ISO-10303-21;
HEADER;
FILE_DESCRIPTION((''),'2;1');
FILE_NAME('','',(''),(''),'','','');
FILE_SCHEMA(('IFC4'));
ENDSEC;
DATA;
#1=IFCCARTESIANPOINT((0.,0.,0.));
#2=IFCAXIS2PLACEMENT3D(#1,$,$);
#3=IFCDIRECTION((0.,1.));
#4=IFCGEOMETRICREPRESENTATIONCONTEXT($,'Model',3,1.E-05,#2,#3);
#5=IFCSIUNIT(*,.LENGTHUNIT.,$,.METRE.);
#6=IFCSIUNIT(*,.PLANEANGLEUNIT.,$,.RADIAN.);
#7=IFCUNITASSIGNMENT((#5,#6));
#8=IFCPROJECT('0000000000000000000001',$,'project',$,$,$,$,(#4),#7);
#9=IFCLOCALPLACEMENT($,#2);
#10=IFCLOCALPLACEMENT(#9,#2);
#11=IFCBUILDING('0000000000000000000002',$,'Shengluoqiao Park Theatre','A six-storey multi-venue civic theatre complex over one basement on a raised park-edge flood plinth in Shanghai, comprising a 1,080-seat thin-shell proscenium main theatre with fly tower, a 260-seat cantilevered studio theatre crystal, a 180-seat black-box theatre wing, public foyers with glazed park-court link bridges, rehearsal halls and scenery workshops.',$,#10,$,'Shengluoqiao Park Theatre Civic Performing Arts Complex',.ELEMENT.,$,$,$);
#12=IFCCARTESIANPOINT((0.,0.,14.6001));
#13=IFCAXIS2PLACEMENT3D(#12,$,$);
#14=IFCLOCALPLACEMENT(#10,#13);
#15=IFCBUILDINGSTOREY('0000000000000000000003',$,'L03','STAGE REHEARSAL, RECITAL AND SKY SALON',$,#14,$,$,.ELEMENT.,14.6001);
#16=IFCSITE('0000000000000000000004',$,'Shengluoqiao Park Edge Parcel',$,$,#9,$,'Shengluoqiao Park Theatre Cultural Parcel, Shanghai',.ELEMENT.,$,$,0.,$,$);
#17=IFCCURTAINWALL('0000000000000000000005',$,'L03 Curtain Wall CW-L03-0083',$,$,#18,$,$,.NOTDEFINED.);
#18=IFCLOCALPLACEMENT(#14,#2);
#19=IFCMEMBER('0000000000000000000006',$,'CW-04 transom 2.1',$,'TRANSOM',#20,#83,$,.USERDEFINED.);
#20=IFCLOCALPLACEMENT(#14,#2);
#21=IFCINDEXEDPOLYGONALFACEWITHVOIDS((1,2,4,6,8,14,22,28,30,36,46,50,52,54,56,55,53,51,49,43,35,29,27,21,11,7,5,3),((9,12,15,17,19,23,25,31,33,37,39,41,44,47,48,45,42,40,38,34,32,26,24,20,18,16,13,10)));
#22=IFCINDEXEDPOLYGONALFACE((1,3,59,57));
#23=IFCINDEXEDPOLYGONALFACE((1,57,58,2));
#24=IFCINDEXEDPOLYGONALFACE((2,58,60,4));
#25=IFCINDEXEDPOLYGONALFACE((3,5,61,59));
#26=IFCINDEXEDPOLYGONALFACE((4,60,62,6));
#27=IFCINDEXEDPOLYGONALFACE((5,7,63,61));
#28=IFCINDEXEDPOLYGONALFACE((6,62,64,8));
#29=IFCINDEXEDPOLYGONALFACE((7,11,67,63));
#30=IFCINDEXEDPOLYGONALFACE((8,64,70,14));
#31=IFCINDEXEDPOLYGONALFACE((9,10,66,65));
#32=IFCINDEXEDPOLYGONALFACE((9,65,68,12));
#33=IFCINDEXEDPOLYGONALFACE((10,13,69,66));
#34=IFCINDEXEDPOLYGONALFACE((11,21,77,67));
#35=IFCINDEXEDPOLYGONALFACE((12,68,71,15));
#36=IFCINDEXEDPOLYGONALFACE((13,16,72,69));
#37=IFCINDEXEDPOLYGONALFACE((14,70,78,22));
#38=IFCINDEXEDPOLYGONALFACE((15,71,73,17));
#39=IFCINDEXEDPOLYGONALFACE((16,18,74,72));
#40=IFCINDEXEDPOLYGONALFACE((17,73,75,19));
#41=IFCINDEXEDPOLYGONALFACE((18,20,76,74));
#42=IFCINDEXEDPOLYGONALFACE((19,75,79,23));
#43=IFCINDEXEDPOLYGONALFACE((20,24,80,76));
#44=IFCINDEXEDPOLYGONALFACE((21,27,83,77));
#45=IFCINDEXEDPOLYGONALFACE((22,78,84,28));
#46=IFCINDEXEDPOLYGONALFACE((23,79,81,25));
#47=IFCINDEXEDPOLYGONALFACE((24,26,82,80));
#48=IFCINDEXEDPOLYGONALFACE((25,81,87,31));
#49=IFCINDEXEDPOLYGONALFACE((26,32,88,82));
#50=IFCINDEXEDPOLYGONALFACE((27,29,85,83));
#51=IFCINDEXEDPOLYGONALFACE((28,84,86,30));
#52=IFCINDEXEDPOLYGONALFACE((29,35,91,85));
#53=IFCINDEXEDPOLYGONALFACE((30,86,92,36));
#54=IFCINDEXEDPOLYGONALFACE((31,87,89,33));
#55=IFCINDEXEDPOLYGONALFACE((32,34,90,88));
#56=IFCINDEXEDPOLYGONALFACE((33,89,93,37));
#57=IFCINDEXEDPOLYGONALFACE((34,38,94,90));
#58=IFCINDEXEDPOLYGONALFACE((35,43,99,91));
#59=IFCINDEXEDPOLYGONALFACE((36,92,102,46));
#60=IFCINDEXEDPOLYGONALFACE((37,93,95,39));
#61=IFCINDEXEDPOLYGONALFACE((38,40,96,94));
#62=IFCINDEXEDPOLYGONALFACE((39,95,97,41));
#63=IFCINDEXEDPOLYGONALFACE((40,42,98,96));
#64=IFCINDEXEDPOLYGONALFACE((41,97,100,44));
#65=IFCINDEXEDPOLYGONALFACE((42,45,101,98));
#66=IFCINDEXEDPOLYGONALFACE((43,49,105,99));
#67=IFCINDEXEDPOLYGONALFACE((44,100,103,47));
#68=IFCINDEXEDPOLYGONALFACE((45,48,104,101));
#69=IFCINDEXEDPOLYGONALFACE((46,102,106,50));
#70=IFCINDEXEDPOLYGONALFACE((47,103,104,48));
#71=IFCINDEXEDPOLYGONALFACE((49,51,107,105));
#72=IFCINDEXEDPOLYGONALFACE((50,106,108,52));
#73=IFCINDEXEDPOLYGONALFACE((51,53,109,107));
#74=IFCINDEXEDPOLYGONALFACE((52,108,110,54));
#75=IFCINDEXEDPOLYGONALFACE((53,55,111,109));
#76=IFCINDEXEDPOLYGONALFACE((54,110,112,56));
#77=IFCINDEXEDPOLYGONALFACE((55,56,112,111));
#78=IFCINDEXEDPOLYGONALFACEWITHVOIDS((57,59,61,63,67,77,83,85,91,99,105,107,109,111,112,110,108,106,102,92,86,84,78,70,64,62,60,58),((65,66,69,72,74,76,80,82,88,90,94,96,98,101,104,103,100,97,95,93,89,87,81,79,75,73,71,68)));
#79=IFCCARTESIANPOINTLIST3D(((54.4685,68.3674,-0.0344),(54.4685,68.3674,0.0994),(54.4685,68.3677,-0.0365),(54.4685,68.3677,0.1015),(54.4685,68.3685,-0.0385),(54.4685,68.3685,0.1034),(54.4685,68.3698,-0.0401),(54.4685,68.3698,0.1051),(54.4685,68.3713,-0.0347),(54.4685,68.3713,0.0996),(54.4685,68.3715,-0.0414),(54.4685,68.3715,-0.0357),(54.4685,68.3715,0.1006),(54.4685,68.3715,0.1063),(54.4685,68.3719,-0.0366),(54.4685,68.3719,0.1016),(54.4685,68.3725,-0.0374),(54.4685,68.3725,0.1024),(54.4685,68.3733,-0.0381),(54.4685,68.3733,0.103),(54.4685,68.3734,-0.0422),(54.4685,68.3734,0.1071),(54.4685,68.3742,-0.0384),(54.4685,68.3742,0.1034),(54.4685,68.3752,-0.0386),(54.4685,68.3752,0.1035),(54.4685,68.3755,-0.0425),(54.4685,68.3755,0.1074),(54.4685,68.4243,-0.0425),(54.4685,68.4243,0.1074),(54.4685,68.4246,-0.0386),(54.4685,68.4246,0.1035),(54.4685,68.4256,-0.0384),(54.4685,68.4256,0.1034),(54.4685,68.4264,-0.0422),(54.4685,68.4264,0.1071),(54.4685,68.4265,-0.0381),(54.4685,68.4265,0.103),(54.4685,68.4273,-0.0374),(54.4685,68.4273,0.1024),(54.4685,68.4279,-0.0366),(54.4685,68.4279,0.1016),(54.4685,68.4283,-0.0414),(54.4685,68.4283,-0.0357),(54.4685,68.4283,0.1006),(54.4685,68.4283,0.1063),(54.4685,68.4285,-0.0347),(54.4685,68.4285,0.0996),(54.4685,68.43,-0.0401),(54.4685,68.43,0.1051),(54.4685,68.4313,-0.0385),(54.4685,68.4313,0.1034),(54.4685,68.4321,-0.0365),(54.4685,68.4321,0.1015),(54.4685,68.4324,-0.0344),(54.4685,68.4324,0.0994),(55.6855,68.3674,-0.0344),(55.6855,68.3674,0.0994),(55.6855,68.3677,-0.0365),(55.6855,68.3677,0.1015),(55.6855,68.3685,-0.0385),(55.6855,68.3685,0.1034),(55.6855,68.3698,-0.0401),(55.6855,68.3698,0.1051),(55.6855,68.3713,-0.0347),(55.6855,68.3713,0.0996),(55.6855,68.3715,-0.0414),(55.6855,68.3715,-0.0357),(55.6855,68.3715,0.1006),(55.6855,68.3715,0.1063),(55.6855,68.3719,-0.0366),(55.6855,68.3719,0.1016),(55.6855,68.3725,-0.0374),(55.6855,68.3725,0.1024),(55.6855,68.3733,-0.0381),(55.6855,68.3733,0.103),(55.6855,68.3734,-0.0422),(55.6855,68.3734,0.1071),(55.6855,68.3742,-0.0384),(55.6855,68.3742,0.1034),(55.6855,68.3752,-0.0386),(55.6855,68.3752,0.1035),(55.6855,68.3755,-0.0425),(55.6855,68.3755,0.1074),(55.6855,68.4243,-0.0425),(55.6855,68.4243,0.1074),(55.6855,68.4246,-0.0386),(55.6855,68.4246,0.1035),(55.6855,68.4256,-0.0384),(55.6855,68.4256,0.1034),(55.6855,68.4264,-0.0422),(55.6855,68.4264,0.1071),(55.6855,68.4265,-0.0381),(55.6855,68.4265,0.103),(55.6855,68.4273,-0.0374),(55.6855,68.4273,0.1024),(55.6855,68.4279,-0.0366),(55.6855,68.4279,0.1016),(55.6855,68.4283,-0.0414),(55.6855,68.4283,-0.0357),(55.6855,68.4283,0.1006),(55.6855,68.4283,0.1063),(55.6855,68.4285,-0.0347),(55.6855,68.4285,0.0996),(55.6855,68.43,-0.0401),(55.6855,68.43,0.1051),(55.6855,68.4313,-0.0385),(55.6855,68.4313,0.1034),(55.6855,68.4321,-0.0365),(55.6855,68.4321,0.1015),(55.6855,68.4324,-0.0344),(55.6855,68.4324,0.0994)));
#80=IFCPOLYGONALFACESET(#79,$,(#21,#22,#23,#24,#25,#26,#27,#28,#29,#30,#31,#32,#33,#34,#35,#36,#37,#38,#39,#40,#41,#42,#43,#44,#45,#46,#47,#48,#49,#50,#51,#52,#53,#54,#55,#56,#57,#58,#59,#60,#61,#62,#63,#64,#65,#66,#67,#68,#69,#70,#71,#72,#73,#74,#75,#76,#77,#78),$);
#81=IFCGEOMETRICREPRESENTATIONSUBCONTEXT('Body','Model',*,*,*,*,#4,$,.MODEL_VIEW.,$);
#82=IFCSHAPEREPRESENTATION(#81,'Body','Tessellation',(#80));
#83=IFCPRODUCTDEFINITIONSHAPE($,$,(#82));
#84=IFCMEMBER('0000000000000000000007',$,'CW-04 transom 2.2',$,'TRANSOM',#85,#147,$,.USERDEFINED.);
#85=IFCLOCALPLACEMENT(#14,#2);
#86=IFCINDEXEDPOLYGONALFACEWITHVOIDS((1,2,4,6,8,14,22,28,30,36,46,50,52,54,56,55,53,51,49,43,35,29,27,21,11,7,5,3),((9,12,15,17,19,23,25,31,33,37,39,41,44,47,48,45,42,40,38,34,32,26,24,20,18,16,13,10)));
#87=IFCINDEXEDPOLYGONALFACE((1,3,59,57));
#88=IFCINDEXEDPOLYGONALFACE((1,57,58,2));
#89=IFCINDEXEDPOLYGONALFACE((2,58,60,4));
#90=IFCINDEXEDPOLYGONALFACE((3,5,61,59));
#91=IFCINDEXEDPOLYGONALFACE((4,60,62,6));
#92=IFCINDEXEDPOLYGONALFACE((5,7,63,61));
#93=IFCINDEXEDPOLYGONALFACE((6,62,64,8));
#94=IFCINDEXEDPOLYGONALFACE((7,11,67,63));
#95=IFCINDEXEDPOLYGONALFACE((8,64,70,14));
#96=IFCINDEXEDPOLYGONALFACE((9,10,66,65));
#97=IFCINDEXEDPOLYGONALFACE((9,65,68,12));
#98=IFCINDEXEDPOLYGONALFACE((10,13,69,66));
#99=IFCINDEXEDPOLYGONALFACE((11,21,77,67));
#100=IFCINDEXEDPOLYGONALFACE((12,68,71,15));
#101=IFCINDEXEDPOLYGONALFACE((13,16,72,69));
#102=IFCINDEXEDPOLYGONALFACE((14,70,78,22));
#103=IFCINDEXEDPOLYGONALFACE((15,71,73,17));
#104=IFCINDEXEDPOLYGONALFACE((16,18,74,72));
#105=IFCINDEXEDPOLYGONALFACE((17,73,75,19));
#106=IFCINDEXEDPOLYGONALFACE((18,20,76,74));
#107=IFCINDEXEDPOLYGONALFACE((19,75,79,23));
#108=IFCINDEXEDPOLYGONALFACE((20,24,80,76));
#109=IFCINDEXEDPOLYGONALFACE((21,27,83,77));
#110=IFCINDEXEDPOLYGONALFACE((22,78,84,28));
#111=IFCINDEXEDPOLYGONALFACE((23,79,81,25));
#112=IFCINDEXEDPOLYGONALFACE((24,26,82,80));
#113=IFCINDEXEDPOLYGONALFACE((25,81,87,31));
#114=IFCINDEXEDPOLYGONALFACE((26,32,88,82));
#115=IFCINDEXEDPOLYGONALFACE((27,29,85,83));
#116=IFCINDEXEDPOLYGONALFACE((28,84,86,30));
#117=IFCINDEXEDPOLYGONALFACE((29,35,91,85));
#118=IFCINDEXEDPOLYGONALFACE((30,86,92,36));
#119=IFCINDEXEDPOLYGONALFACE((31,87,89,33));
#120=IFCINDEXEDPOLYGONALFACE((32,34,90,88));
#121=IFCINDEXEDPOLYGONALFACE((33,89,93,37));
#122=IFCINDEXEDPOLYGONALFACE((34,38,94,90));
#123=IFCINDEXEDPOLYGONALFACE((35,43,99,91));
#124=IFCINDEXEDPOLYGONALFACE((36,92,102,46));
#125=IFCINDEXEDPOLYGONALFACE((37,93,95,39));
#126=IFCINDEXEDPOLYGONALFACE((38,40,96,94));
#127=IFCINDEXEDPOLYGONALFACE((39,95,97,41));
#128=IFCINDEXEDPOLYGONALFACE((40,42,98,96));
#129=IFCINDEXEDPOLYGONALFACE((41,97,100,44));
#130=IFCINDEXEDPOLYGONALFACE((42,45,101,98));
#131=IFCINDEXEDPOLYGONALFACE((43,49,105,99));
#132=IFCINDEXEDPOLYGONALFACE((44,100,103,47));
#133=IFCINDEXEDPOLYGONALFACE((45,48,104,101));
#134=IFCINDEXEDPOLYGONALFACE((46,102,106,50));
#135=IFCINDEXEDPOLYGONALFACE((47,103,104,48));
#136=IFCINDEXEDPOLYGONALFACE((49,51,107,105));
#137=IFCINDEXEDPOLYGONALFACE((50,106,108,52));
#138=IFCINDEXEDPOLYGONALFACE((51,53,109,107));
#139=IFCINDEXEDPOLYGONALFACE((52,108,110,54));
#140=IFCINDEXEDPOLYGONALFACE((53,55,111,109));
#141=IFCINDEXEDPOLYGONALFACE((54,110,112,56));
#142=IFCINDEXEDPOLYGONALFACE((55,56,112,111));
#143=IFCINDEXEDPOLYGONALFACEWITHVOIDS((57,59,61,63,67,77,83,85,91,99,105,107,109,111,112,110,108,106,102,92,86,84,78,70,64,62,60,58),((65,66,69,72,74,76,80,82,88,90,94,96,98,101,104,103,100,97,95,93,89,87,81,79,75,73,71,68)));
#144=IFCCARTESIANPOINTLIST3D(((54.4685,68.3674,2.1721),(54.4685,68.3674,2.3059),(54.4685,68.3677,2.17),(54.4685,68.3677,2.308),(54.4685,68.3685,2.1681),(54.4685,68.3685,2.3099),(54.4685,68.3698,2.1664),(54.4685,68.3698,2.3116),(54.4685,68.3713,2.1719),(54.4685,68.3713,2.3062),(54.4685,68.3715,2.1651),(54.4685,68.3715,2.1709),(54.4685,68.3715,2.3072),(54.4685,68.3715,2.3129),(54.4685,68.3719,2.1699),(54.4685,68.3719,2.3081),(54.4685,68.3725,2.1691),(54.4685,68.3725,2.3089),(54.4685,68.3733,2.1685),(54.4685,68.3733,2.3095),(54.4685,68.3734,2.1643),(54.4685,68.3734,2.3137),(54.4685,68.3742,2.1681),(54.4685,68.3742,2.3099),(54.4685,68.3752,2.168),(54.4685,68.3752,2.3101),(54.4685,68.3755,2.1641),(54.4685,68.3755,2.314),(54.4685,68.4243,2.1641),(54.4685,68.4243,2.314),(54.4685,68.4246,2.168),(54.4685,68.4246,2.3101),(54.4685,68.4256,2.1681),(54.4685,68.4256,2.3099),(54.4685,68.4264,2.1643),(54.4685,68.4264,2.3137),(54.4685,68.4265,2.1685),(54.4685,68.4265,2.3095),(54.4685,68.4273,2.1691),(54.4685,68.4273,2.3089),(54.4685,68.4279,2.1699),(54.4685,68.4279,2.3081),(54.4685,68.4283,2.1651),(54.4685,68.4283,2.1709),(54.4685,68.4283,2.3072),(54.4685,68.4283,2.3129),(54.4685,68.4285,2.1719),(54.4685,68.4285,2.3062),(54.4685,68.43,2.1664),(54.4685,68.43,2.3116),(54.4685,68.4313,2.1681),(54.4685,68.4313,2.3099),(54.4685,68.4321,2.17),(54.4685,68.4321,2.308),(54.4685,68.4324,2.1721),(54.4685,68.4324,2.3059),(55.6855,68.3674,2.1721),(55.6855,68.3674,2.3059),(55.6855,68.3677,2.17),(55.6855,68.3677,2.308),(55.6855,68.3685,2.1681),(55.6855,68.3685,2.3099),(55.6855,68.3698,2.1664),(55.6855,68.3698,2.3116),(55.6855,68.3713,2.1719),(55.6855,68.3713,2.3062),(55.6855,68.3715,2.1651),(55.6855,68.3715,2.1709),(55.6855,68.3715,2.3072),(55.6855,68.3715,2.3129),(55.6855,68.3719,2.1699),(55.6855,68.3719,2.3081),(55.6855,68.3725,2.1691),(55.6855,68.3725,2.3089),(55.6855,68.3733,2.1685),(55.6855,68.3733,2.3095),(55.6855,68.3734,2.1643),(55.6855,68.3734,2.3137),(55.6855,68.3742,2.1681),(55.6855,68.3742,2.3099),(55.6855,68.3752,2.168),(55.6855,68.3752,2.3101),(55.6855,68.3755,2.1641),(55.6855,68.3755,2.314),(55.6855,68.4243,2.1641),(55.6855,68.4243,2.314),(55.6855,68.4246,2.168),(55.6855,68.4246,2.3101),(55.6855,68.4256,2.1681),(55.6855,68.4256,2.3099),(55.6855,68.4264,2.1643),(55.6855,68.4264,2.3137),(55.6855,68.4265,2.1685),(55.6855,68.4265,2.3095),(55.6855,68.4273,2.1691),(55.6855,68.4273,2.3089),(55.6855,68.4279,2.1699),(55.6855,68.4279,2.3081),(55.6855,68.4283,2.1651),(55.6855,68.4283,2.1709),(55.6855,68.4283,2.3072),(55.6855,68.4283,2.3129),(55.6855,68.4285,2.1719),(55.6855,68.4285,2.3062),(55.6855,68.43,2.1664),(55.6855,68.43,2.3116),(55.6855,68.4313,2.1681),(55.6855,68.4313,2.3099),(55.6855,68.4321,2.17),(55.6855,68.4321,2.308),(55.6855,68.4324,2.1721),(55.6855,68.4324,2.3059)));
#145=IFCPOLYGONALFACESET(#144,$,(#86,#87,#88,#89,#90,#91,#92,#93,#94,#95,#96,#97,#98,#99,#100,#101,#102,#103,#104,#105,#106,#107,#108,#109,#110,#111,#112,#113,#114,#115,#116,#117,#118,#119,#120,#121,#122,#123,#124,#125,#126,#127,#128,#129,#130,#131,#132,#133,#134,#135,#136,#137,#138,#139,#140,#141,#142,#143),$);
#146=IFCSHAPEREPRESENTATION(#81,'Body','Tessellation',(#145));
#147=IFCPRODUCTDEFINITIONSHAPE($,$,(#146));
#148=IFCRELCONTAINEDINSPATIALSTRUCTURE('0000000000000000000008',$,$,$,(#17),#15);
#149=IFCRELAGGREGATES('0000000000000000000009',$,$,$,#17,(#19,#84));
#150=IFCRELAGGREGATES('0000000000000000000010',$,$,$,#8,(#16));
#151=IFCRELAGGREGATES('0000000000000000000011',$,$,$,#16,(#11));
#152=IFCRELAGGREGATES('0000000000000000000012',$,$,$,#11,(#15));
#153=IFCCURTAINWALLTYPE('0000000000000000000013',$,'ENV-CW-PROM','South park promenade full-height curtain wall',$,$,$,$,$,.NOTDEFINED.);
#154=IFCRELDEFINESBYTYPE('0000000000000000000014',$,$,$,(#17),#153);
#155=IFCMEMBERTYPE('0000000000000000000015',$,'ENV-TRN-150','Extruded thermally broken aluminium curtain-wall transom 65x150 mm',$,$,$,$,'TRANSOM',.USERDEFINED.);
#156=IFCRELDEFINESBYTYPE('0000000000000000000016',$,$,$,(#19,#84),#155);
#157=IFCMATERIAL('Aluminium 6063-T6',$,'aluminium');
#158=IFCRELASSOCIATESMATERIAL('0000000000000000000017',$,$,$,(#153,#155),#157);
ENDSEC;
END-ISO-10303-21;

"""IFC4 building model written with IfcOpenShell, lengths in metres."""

from ifc_helpers import new_model, si_unit, direction, frame, origin, origin_2d, place, context, subcontext, project, spatial, hollow_rectangle, extrude, material, material_profile, profile_set, type_object, element, aggregate, save


model = new_model("IFC4")

# Units and contexts
model_context = context("Model", 3, precision=1e-05, world=origin(), true_north=direction((0.0, 1.0)))
body_context = subcontext(model_context, "Body", "Model", "MODEL_VIEW")
ifc_project = project(units=[si_unit("LENGTHUNIT", "METRE"), si_unit("PLANEANGLEUNIT", "RADIAN")], contexts=[model_context])

# Site, building, storey
site_placement = place(None, origin())
site = spatial("IfcSite", under=ifc_project, at=site_placement, Name="Shengluoqiao Park Edge Parcel", LongName="Shengluoqiao Park Theatre Cultural Parcel, Shanghai", CompositionType="ELEMENT", RefElevation=0.0)
building_placement = place(site_placement, origin())
building = spatial("IfcBuilding", under=site, at=building_placement, Name="Shengluoqiao Park Theatre", Description="A six-storey multi-venue civic theatre complex over one basement on a raised park-edge flood plinth in Shanghai, comprising a 1,080-seat thin-shell proscenium main theatre with fly tower, a 260-seat cantilevered studio theatre crystal, a 180-seat black-box theatre wing, public foyers with glazed park-court link bridges, rehearsal halls and scenery workshops.", LongName="Shengluoqiao Park Theatre Civic Performing Arts Complex", CompositionType="ELEMENT")
storey_placement = place(building_placement, frame((0.0, 0.0, 14.6001)))
storey = spatial("IfcBuildingStorey", under=building, at=storey_placement, Name="L03", Description="STAGE REHEARSAL, RECITAL AND SKY SALON", CompositionType="ELEMENT", Elevation=14.6001)

# Curtain wall
ifc_material_1 = material(Name="Aluminium 6063-T6", Category="aluminium")
curtain_wall_type = type_object("IfcCurtainWallType", Name="ENV-CW-PROM", Description="South park promenade full-height curtain wall", PredefinedType="NOTDEFINED", material=ifc_material_1)
curtain_wall_1_placement = place(storey_placement, origin())
curtain_wall_1 = element("IfcCurtainWall", 1, at=curtain_wall_1_placement, inside=storey, type_object=curtain_wall_type, Name="L03 Curtain Wall CW-L03-0083", PredefinedType="NOTDEFINED")

# Members
ifc_material_profile_1 = material_profile(ifc_material_1, hollow_rectangle(XDim=0.0649, YDim=0.1499, WallThickness=0.0039, InnerFilletRadius=0.0039, OuterFilletRadius=0.0081, at=origin_2d()), Name="ALU TRANSOM 150x65x4")
ifc_profile_set_1 = profile_set([ifc_material_profile_1], Name="Aluminium 6063-T6")
member_type_1 = type_object("IfcMemberType", Name="ENV-TRN-150", Description="Extruded thermally broken aluminium curtain-wall transom 65x150 mm", ElementType="TRANSOM", PredefinedType="USERDEFINED", material=ifc_profile_set_1)
member_1_placement = place(storey_placement, frame((54.4685, 68.3999, 0.0325), z_axis=(1.0, 0.0, 0.0), x_axis=(0.0, 1.0, 0.0)))
member_1 = element("IfcMember", 2, at=member_1_placement, type_object=member_type_1, Name="CW-04 transom 2.1", ObjectType="TRANSOM", PredefinedType="USERDEFINED", context=body_context, shape_type="SweptSolid", body=[
    extrude(hollow_rectangle(XDim=0.0649, YDim=0.1499, WallThickness=0.0039, InnerFilletRadius=0.0039, OuterFilletRadius=0.0081, at=origin_2d()), origin(), (0.0, 0.0, 1.0), 1.217),
])
member_2_placement = place(storey_placement, frame((54.4685, 68.3999, 2.239), z_axis=(1.0, 0.0, 0.0), x_axis=(0.0, 1.0, 0.0)))
member_2 = element("IfcMember", 3, at=member_2_placement, type_object=member_type_1, Name="CW-04 transom 2.2", ObjectType="TRANSOM", PredefinedType="USERDEFINED", context=body_context, shape_type="SweptSolid", body=[
    extrude(hollow_rectangle(XDim=0.0649, YDim=0.1499, WallThickness=0.0039, InnerFilletRadius=0.0039, OuterFilletRadius=0.0081, at=origin_2d()), origin(), (0.0, 0.0, 1.0), 1.217),
])

aggregate(curtain_wall_1, [member_1, member_2])

save(model, "model.ifc")
